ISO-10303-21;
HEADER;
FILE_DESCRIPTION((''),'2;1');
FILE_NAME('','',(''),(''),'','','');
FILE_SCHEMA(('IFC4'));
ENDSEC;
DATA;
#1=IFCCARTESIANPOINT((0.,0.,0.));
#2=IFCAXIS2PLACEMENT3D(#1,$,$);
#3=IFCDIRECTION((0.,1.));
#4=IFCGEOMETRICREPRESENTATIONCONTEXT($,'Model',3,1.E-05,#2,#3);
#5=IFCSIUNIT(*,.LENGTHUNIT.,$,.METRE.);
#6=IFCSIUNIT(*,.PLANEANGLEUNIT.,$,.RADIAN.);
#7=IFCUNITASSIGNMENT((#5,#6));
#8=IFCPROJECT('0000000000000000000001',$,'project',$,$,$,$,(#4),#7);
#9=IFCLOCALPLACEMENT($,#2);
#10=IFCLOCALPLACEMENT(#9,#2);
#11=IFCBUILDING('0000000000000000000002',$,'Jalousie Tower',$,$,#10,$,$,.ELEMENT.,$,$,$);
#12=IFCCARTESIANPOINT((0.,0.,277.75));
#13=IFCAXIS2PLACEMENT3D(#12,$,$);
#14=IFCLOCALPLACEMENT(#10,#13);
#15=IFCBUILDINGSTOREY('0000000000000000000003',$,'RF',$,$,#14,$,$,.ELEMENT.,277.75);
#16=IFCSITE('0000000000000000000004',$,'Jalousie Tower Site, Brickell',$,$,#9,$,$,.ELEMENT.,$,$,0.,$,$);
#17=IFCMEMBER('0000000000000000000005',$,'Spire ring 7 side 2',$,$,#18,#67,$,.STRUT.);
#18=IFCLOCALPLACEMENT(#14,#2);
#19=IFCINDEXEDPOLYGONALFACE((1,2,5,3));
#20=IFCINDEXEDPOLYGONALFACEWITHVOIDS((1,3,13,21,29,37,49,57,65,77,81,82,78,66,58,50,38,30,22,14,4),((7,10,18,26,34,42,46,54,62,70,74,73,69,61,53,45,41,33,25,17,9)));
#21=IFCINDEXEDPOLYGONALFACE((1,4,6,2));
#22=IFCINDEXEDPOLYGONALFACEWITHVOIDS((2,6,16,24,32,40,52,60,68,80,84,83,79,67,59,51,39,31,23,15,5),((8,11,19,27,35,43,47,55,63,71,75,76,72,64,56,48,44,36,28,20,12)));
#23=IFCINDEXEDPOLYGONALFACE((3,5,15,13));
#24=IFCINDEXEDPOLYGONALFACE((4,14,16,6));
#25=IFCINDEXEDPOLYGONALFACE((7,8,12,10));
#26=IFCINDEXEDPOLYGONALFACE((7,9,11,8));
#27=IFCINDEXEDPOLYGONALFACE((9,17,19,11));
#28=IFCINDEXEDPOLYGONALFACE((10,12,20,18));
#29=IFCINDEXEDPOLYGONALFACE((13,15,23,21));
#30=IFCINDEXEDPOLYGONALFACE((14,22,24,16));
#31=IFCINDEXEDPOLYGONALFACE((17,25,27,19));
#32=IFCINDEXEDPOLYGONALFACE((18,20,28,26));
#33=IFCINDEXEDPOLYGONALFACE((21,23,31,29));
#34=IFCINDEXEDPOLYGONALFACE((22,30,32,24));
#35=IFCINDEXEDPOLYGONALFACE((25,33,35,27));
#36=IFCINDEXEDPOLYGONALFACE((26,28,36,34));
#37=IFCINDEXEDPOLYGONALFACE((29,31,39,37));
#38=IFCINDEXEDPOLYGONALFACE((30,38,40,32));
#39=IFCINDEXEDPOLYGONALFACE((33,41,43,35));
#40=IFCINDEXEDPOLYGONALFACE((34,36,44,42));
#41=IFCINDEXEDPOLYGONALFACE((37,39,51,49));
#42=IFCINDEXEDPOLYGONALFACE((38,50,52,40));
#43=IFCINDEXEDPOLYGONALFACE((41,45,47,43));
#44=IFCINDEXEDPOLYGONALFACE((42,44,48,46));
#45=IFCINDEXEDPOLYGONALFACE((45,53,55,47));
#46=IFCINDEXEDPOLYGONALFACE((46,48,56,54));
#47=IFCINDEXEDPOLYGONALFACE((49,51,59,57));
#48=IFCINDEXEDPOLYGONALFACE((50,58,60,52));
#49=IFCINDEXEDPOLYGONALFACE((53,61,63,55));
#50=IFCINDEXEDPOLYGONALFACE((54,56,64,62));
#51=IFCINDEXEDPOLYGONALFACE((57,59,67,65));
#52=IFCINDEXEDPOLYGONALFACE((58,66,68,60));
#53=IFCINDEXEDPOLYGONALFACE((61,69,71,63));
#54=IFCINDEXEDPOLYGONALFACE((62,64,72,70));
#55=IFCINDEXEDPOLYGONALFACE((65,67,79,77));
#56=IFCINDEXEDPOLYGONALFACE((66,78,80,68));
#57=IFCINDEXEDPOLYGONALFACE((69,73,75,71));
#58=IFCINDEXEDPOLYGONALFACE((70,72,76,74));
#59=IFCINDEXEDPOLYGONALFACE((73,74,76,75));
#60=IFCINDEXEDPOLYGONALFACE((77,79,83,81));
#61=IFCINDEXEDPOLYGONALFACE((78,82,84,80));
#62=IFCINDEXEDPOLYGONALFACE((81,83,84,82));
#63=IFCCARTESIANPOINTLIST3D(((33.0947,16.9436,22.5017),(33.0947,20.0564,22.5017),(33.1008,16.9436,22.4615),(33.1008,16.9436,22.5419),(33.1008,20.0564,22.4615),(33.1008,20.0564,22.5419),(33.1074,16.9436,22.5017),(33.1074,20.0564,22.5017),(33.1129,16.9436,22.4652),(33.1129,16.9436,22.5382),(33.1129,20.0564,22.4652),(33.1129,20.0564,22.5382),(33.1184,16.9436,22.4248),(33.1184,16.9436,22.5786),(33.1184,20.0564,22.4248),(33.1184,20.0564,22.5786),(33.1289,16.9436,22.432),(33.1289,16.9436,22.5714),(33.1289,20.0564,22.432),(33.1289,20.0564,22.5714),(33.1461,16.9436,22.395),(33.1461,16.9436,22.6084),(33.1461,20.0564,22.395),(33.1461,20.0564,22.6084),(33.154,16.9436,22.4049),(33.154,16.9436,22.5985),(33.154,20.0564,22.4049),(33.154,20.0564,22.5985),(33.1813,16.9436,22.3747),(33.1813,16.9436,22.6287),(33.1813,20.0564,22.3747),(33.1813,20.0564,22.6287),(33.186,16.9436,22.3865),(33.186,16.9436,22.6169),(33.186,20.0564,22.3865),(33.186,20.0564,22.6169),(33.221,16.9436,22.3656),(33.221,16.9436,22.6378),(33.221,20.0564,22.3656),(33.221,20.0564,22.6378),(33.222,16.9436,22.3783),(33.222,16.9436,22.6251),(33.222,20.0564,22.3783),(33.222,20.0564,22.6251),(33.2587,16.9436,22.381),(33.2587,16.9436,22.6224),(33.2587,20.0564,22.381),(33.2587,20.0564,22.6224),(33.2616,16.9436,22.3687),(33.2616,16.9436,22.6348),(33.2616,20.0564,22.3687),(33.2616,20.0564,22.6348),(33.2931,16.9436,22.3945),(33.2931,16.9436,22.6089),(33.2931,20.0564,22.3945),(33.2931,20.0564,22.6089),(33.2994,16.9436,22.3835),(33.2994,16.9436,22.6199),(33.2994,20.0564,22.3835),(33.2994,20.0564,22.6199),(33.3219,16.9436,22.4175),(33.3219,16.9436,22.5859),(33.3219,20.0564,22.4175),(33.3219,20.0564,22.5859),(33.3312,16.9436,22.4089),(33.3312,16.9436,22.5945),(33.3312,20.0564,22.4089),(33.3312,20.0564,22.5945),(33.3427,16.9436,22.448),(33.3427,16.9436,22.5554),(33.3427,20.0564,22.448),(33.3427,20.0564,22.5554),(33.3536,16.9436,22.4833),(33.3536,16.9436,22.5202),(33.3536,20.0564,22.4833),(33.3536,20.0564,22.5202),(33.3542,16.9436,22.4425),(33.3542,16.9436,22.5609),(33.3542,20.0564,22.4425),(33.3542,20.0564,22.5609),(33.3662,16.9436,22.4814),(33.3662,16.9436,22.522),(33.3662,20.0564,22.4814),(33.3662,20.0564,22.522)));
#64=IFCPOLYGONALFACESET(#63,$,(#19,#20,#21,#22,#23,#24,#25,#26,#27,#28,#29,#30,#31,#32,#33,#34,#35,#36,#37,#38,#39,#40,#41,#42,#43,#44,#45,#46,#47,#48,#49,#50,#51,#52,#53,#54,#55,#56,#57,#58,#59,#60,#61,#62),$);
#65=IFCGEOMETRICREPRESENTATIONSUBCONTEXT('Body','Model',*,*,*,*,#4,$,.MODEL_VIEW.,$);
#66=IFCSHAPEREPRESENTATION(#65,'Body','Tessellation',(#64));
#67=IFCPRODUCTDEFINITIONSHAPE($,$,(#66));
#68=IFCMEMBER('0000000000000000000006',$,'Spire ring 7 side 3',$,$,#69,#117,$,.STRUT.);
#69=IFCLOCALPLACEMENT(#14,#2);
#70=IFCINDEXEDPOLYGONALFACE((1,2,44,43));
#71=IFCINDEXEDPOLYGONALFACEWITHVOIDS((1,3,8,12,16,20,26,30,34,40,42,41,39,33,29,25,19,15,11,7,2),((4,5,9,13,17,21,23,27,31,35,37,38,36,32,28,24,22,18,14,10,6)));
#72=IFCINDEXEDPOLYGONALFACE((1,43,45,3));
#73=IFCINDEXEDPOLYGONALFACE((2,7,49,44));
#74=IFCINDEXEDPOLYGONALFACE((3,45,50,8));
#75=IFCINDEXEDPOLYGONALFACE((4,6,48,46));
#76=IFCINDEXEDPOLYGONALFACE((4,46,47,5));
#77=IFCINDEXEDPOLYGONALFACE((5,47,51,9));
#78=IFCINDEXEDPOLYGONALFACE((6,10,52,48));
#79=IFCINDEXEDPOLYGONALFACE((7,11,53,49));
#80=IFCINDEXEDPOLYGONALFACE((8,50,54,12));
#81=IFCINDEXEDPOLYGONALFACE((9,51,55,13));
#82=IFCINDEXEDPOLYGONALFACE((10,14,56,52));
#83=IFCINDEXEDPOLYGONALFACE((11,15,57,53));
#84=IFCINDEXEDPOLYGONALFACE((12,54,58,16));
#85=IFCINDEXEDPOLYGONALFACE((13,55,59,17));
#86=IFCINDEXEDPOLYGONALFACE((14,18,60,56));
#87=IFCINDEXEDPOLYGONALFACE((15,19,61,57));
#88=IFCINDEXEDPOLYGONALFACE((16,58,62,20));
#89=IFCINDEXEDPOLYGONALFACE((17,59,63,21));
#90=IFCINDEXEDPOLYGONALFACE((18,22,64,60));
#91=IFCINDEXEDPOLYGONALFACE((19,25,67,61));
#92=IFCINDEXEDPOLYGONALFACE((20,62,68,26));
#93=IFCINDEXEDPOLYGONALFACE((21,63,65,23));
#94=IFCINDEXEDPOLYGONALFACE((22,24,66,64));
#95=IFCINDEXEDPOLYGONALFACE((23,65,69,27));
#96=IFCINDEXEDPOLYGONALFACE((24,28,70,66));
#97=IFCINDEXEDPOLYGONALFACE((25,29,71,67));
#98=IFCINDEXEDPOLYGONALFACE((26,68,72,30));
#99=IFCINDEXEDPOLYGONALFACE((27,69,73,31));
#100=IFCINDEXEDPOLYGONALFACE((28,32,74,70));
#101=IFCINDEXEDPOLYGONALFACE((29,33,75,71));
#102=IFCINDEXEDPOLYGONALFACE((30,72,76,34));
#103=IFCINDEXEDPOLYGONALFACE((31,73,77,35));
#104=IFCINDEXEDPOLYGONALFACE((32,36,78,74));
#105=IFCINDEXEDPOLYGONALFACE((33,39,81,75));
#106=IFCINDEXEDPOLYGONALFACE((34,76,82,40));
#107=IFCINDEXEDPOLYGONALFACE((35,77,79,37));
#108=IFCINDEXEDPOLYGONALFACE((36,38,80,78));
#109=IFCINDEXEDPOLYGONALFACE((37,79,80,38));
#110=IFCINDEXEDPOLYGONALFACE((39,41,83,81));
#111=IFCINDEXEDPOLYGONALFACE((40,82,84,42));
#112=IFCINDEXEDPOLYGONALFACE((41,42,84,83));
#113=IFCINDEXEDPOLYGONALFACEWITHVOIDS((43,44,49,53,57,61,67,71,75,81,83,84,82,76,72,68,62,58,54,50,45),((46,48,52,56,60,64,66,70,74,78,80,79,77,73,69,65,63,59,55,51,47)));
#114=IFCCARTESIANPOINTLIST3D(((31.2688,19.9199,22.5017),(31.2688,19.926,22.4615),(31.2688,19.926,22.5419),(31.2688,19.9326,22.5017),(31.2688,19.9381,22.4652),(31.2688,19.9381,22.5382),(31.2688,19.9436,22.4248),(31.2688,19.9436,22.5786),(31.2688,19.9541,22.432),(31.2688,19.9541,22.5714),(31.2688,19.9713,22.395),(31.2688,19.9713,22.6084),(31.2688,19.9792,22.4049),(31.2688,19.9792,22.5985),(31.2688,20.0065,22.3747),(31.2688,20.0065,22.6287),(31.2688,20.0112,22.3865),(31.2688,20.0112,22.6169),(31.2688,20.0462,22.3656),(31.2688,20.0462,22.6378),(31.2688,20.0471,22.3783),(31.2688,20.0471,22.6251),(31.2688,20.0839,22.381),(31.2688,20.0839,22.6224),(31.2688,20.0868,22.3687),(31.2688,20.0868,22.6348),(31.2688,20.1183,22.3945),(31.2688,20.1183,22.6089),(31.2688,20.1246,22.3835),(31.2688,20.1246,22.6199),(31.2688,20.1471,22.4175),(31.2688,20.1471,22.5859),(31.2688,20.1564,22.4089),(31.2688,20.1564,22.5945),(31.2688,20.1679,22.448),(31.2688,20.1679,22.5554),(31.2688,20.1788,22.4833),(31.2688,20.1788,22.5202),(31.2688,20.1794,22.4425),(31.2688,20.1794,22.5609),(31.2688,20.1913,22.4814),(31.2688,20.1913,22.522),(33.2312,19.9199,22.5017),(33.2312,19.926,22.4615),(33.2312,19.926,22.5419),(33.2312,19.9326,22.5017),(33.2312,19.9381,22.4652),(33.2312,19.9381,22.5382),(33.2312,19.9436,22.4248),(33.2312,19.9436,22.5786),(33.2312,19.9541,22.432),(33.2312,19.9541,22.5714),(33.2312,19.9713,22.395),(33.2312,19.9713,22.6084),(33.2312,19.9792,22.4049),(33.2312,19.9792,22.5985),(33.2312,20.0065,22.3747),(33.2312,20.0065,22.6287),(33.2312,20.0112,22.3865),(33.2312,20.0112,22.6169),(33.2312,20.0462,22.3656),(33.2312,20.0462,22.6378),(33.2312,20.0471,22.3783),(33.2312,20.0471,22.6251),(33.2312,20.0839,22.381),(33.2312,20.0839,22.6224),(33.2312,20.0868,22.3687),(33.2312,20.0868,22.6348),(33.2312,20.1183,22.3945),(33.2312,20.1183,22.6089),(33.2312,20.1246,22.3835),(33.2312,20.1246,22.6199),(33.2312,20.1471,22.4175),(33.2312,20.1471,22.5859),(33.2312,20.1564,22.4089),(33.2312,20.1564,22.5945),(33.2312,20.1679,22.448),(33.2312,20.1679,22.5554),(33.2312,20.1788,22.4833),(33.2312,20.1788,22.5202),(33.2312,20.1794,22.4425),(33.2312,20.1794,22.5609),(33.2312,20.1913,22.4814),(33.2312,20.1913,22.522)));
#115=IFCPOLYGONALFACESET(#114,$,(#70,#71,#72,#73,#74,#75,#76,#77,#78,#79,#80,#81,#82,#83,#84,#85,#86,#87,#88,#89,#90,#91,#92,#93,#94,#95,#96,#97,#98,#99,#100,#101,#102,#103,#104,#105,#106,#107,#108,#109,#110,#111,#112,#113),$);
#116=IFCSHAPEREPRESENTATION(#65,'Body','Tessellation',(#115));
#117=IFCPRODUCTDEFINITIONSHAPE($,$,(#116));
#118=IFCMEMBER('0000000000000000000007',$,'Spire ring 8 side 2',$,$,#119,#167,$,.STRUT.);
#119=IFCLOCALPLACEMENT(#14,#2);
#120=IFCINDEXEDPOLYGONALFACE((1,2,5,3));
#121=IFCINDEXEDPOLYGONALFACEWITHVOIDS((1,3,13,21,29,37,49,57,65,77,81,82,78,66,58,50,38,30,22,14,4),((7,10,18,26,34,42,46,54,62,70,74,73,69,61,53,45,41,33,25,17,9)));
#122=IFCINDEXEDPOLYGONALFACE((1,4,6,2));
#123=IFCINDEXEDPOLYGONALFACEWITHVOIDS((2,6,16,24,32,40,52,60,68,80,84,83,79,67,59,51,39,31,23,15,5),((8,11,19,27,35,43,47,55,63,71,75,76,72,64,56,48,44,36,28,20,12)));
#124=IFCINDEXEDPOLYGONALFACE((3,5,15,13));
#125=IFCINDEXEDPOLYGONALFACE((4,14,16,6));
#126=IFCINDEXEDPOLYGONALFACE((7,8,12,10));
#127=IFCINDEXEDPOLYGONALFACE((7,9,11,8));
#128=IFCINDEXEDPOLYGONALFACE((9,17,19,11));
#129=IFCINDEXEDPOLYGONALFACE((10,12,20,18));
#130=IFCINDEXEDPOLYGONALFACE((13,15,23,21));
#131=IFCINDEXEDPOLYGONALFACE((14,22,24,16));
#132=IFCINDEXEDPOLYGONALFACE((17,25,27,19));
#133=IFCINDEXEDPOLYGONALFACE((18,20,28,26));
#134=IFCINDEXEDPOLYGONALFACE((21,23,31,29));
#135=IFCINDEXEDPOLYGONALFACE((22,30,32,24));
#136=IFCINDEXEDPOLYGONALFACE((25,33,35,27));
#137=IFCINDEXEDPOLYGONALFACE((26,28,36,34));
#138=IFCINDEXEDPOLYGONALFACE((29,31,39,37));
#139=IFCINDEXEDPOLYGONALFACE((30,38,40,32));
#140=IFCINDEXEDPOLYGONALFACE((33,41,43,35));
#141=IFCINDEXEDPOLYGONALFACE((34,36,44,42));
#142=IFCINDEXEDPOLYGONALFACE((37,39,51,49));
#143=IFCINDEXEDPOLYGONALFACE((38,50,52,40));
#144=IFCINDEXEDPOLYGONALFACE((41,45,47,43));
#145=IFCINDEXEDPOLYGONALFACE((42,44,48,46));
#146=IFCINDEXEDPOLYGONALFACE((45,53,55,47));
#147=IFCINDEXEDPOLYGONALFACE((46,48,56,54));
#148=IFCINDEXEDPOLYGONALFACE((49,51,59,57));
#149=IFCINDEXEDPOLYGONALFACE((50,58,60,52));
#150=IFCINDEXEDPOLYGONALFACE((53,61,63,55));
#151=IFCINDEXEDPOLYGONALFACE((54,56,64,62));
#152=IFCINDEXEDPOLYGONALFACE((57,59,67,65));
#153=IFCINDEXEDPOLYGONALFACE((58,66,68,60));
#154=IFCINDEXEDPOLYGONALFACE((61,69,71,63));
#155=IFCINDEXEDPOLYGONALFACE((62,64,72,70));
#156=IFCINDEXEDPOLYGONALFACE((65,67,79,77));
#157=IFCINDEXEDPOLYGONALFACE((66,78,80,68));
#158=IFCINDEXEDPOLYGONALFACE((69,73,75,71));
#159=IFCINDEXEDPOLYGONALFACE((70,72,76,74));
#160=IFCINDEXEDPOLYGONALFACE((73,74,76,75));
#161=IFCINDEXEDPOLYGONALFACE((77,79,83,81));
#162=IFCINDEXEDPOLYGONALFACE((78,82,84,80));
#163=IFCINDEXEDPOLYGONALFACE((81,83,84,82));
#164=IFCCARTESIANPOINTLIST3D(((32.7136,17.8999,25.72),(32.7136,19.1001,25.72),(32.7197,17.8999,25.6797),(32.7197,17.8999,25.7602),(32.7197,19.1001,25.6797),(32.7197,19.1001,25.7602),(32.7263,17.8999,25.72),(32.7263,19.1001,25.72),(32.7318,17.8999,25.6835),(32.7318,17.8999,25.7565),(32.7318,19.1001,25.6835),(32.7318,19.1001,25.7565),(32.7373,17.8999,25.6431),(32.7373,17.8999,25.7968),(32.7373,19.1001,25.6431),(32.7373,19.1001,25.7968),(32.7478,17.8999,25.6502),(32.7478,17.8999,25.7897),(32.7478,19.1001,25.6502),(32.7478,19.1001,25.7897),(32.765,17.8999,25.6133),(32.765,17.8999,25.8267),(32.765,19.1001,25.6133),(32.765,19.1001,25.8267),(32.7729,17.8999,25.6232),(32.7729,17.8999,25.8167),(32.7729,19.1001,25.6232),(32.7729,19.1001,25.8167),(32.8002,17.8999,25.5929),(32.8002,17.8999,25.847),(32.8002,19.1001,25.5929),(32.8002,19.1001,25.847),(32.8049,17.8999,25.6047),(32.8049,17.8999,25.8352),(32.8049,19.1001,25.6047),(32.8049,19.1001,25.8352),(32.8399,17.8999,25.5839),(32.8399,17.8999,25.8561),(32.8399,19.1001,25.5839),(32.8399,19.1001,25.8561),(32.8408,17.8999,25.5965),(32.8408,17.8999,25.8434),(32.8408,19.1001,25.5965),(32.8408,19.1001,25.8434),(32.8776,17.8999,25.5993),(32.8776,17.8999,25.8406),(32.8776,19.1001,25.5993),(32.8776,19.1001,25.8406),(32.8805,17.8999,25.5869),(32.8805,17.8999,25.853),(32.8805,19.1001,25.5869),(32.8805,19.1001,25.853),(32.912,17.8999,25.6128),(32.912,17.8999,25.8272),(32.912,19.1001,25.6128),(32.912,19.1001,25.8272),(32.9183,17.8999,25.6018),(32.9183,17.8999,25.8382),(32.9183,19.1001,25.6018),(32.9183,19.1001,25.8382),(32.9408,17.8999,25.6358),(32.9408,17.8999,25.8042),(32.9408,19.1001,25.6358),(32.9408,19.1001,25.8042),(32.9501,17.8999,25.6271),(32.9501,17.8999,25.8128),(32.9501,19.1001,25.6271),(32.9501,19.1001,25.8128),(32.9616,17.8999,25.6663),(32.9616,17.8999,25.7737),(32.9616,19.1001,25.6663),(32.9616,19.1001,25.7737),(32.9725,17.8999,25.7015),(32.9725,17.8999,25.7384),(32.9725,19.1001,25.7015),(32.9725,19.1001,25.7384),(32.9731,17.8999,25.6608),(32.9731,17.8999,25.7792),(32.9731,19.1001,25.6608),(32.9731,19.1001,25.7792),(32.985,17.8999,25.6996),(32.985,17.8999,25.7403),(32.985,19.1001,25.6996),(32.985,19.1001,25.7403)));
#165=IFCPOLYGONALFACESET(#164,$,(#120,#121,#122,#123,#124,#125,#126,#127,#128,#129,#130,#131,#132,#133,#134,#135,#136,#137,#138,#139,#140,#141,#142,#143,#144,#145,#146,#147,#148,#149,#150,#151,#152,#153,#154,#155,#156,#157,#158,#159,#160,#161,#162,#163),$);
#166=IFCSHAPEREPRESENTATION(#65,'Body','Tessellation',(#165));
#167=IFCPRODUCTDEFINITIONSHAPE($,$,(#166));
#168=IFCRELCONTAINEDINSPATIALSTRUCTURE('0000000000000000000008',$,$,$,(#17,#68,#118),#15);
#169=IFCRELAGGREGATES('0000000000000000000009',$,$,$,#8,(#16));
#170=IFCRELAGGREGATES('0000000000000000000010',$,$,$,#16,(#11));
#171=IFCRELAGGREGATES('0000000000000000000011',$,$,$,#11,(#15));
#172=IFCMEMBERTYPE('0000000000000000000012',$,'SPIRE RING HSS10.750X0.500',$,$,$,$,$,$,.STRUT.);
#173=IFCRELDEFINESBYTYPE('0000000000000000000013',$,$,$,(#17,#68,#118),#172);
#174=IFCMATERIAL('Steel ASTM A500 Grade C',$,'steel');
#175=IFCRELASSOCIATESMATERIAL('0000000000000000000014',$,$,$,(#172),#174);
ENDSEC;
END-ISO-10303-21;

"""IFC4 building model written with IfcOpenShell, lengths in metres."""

from ifc_helpers import new_model, si_unit, direction, frame, origin, origin_2d, place, context, subcontext, project, spatial, hollow_circle, extrude, material, material_profile, profile_set, type_object, element, save


model = new_model("IFC4")

# Units and contexts
model_context = context("Model", 3, precision=1e-05, world=origin(), true_north=direction((0.0, 1.0)))
body_context = subcontext(model_context, "Body", "Model", "MODEL_VIEW")
ifc_project = project(units=[si_unit("LENGTHUNIT", "METRE"), si_unit("PLANEANGLEUNIT", "RADIAN")], contexts=[model_context])

# Site, building, storey
site_placement = place(None, origin())
site = spatial("IfcSite", under=ifc_project, at=site_placement, Name="Jalousie Tower Site, Brickell", CompositionType="ELEMENT", RefElevation=0.0)
building_placement = place(site_placement, origin())
building = spatial("IfcBuilding", under=site, at=building_placement, Name="Jalousie Tower", CompositionType="ELEMENT")
storey_placement = place(building_placement, frame((0.0, 0.0, 277.75)))
storey = spatial("IfcBuildingStorey", under=building, at=storey_placement, Name="RF", CompositionType="ELEMENT", Elevation=277.75)

# Members
ifc_material_1 = material(Name="Steel ASTM A500 Grade C", Category="steel")
ifc_material_profile_1 = material_profile(ifc_material_1, hollow_circle(Radius=0.1365, WallThickness=0.0127, at=origin_2d()), Name="HSS10.750X0.500")
ifc_profile_set_1 = profile_set([ifc_material_profile_1], Name="Steel ASTM A500 Grade C")
member_type_1 = type_object("IfcMemberType", Name="SPIRE RING HSS10.750X0.500", PredefinedType="STRUT", material=ifc_profile_set_1)
member_1_placement = place(storey_placement, frame((33.2312, 16.9436, 22.5017), z_axis=(0.0, 1.0, 0.0), x_axis=(-1.0, 0.0, 0.0)))
element("IfcMember", 1, at=member_1_placement, inside=storey, type_object=member_type_1, Name="Spire ring 7 side 2", PredefinedType="STRUT", context=body_context, shape_type="SweptSolid", body=[
    extrude(hollow_circle(Radius=0.1365, WallThickness=0.0127, at=origin_2d()), origin(), (0.0, 0.0, 1.0), 3.1128),
])
member_2_placement = place(storey_placement, frame((33.2312, 20.0564, 22.5017), z_axis=(-1.0, 0.0, 0.0), x_axis=(0.0, -1.0, 0.0)))
element("IfcMember", 2, at=member_2_placement, inside=storey, type_object=member_type_1, Name="Spire ring 7 side 3", PredefinedType="STRUT", context=body_context, shape_type="SweptSolid", body=[
    extrude(hollow_circle(Radius=0.1365, WallThickness=0.0127, at=origin_2d()), origin(), (0.0, 0.0, 1.0), 1.9624),
])
for number, where, z_axis, x_axis, name in (
    (3, (32.8501, 17.8999, 25.72), (0.0, 1.0, 0.0), (-1.0, 0.0, 0.0), "Spire ring 8 side 2"),
):
    element("IfcMember", number, at=place(storey_placement, frame(where, z_axis=z_axis, x_axis=x_axis)), inside=storey, type_object=member_type_1, Name=name, PredefinedType="STRUT", context=body_context, shape_type="SweptSolid", body=[
        extrude(hollow_circle(Radius=0.1365, WallThickness=0.0127, at=origin_2d()), origin(), (0.0, 0.0, 1.0), 1.2002),
    ])

save(model, "model.ifc")
